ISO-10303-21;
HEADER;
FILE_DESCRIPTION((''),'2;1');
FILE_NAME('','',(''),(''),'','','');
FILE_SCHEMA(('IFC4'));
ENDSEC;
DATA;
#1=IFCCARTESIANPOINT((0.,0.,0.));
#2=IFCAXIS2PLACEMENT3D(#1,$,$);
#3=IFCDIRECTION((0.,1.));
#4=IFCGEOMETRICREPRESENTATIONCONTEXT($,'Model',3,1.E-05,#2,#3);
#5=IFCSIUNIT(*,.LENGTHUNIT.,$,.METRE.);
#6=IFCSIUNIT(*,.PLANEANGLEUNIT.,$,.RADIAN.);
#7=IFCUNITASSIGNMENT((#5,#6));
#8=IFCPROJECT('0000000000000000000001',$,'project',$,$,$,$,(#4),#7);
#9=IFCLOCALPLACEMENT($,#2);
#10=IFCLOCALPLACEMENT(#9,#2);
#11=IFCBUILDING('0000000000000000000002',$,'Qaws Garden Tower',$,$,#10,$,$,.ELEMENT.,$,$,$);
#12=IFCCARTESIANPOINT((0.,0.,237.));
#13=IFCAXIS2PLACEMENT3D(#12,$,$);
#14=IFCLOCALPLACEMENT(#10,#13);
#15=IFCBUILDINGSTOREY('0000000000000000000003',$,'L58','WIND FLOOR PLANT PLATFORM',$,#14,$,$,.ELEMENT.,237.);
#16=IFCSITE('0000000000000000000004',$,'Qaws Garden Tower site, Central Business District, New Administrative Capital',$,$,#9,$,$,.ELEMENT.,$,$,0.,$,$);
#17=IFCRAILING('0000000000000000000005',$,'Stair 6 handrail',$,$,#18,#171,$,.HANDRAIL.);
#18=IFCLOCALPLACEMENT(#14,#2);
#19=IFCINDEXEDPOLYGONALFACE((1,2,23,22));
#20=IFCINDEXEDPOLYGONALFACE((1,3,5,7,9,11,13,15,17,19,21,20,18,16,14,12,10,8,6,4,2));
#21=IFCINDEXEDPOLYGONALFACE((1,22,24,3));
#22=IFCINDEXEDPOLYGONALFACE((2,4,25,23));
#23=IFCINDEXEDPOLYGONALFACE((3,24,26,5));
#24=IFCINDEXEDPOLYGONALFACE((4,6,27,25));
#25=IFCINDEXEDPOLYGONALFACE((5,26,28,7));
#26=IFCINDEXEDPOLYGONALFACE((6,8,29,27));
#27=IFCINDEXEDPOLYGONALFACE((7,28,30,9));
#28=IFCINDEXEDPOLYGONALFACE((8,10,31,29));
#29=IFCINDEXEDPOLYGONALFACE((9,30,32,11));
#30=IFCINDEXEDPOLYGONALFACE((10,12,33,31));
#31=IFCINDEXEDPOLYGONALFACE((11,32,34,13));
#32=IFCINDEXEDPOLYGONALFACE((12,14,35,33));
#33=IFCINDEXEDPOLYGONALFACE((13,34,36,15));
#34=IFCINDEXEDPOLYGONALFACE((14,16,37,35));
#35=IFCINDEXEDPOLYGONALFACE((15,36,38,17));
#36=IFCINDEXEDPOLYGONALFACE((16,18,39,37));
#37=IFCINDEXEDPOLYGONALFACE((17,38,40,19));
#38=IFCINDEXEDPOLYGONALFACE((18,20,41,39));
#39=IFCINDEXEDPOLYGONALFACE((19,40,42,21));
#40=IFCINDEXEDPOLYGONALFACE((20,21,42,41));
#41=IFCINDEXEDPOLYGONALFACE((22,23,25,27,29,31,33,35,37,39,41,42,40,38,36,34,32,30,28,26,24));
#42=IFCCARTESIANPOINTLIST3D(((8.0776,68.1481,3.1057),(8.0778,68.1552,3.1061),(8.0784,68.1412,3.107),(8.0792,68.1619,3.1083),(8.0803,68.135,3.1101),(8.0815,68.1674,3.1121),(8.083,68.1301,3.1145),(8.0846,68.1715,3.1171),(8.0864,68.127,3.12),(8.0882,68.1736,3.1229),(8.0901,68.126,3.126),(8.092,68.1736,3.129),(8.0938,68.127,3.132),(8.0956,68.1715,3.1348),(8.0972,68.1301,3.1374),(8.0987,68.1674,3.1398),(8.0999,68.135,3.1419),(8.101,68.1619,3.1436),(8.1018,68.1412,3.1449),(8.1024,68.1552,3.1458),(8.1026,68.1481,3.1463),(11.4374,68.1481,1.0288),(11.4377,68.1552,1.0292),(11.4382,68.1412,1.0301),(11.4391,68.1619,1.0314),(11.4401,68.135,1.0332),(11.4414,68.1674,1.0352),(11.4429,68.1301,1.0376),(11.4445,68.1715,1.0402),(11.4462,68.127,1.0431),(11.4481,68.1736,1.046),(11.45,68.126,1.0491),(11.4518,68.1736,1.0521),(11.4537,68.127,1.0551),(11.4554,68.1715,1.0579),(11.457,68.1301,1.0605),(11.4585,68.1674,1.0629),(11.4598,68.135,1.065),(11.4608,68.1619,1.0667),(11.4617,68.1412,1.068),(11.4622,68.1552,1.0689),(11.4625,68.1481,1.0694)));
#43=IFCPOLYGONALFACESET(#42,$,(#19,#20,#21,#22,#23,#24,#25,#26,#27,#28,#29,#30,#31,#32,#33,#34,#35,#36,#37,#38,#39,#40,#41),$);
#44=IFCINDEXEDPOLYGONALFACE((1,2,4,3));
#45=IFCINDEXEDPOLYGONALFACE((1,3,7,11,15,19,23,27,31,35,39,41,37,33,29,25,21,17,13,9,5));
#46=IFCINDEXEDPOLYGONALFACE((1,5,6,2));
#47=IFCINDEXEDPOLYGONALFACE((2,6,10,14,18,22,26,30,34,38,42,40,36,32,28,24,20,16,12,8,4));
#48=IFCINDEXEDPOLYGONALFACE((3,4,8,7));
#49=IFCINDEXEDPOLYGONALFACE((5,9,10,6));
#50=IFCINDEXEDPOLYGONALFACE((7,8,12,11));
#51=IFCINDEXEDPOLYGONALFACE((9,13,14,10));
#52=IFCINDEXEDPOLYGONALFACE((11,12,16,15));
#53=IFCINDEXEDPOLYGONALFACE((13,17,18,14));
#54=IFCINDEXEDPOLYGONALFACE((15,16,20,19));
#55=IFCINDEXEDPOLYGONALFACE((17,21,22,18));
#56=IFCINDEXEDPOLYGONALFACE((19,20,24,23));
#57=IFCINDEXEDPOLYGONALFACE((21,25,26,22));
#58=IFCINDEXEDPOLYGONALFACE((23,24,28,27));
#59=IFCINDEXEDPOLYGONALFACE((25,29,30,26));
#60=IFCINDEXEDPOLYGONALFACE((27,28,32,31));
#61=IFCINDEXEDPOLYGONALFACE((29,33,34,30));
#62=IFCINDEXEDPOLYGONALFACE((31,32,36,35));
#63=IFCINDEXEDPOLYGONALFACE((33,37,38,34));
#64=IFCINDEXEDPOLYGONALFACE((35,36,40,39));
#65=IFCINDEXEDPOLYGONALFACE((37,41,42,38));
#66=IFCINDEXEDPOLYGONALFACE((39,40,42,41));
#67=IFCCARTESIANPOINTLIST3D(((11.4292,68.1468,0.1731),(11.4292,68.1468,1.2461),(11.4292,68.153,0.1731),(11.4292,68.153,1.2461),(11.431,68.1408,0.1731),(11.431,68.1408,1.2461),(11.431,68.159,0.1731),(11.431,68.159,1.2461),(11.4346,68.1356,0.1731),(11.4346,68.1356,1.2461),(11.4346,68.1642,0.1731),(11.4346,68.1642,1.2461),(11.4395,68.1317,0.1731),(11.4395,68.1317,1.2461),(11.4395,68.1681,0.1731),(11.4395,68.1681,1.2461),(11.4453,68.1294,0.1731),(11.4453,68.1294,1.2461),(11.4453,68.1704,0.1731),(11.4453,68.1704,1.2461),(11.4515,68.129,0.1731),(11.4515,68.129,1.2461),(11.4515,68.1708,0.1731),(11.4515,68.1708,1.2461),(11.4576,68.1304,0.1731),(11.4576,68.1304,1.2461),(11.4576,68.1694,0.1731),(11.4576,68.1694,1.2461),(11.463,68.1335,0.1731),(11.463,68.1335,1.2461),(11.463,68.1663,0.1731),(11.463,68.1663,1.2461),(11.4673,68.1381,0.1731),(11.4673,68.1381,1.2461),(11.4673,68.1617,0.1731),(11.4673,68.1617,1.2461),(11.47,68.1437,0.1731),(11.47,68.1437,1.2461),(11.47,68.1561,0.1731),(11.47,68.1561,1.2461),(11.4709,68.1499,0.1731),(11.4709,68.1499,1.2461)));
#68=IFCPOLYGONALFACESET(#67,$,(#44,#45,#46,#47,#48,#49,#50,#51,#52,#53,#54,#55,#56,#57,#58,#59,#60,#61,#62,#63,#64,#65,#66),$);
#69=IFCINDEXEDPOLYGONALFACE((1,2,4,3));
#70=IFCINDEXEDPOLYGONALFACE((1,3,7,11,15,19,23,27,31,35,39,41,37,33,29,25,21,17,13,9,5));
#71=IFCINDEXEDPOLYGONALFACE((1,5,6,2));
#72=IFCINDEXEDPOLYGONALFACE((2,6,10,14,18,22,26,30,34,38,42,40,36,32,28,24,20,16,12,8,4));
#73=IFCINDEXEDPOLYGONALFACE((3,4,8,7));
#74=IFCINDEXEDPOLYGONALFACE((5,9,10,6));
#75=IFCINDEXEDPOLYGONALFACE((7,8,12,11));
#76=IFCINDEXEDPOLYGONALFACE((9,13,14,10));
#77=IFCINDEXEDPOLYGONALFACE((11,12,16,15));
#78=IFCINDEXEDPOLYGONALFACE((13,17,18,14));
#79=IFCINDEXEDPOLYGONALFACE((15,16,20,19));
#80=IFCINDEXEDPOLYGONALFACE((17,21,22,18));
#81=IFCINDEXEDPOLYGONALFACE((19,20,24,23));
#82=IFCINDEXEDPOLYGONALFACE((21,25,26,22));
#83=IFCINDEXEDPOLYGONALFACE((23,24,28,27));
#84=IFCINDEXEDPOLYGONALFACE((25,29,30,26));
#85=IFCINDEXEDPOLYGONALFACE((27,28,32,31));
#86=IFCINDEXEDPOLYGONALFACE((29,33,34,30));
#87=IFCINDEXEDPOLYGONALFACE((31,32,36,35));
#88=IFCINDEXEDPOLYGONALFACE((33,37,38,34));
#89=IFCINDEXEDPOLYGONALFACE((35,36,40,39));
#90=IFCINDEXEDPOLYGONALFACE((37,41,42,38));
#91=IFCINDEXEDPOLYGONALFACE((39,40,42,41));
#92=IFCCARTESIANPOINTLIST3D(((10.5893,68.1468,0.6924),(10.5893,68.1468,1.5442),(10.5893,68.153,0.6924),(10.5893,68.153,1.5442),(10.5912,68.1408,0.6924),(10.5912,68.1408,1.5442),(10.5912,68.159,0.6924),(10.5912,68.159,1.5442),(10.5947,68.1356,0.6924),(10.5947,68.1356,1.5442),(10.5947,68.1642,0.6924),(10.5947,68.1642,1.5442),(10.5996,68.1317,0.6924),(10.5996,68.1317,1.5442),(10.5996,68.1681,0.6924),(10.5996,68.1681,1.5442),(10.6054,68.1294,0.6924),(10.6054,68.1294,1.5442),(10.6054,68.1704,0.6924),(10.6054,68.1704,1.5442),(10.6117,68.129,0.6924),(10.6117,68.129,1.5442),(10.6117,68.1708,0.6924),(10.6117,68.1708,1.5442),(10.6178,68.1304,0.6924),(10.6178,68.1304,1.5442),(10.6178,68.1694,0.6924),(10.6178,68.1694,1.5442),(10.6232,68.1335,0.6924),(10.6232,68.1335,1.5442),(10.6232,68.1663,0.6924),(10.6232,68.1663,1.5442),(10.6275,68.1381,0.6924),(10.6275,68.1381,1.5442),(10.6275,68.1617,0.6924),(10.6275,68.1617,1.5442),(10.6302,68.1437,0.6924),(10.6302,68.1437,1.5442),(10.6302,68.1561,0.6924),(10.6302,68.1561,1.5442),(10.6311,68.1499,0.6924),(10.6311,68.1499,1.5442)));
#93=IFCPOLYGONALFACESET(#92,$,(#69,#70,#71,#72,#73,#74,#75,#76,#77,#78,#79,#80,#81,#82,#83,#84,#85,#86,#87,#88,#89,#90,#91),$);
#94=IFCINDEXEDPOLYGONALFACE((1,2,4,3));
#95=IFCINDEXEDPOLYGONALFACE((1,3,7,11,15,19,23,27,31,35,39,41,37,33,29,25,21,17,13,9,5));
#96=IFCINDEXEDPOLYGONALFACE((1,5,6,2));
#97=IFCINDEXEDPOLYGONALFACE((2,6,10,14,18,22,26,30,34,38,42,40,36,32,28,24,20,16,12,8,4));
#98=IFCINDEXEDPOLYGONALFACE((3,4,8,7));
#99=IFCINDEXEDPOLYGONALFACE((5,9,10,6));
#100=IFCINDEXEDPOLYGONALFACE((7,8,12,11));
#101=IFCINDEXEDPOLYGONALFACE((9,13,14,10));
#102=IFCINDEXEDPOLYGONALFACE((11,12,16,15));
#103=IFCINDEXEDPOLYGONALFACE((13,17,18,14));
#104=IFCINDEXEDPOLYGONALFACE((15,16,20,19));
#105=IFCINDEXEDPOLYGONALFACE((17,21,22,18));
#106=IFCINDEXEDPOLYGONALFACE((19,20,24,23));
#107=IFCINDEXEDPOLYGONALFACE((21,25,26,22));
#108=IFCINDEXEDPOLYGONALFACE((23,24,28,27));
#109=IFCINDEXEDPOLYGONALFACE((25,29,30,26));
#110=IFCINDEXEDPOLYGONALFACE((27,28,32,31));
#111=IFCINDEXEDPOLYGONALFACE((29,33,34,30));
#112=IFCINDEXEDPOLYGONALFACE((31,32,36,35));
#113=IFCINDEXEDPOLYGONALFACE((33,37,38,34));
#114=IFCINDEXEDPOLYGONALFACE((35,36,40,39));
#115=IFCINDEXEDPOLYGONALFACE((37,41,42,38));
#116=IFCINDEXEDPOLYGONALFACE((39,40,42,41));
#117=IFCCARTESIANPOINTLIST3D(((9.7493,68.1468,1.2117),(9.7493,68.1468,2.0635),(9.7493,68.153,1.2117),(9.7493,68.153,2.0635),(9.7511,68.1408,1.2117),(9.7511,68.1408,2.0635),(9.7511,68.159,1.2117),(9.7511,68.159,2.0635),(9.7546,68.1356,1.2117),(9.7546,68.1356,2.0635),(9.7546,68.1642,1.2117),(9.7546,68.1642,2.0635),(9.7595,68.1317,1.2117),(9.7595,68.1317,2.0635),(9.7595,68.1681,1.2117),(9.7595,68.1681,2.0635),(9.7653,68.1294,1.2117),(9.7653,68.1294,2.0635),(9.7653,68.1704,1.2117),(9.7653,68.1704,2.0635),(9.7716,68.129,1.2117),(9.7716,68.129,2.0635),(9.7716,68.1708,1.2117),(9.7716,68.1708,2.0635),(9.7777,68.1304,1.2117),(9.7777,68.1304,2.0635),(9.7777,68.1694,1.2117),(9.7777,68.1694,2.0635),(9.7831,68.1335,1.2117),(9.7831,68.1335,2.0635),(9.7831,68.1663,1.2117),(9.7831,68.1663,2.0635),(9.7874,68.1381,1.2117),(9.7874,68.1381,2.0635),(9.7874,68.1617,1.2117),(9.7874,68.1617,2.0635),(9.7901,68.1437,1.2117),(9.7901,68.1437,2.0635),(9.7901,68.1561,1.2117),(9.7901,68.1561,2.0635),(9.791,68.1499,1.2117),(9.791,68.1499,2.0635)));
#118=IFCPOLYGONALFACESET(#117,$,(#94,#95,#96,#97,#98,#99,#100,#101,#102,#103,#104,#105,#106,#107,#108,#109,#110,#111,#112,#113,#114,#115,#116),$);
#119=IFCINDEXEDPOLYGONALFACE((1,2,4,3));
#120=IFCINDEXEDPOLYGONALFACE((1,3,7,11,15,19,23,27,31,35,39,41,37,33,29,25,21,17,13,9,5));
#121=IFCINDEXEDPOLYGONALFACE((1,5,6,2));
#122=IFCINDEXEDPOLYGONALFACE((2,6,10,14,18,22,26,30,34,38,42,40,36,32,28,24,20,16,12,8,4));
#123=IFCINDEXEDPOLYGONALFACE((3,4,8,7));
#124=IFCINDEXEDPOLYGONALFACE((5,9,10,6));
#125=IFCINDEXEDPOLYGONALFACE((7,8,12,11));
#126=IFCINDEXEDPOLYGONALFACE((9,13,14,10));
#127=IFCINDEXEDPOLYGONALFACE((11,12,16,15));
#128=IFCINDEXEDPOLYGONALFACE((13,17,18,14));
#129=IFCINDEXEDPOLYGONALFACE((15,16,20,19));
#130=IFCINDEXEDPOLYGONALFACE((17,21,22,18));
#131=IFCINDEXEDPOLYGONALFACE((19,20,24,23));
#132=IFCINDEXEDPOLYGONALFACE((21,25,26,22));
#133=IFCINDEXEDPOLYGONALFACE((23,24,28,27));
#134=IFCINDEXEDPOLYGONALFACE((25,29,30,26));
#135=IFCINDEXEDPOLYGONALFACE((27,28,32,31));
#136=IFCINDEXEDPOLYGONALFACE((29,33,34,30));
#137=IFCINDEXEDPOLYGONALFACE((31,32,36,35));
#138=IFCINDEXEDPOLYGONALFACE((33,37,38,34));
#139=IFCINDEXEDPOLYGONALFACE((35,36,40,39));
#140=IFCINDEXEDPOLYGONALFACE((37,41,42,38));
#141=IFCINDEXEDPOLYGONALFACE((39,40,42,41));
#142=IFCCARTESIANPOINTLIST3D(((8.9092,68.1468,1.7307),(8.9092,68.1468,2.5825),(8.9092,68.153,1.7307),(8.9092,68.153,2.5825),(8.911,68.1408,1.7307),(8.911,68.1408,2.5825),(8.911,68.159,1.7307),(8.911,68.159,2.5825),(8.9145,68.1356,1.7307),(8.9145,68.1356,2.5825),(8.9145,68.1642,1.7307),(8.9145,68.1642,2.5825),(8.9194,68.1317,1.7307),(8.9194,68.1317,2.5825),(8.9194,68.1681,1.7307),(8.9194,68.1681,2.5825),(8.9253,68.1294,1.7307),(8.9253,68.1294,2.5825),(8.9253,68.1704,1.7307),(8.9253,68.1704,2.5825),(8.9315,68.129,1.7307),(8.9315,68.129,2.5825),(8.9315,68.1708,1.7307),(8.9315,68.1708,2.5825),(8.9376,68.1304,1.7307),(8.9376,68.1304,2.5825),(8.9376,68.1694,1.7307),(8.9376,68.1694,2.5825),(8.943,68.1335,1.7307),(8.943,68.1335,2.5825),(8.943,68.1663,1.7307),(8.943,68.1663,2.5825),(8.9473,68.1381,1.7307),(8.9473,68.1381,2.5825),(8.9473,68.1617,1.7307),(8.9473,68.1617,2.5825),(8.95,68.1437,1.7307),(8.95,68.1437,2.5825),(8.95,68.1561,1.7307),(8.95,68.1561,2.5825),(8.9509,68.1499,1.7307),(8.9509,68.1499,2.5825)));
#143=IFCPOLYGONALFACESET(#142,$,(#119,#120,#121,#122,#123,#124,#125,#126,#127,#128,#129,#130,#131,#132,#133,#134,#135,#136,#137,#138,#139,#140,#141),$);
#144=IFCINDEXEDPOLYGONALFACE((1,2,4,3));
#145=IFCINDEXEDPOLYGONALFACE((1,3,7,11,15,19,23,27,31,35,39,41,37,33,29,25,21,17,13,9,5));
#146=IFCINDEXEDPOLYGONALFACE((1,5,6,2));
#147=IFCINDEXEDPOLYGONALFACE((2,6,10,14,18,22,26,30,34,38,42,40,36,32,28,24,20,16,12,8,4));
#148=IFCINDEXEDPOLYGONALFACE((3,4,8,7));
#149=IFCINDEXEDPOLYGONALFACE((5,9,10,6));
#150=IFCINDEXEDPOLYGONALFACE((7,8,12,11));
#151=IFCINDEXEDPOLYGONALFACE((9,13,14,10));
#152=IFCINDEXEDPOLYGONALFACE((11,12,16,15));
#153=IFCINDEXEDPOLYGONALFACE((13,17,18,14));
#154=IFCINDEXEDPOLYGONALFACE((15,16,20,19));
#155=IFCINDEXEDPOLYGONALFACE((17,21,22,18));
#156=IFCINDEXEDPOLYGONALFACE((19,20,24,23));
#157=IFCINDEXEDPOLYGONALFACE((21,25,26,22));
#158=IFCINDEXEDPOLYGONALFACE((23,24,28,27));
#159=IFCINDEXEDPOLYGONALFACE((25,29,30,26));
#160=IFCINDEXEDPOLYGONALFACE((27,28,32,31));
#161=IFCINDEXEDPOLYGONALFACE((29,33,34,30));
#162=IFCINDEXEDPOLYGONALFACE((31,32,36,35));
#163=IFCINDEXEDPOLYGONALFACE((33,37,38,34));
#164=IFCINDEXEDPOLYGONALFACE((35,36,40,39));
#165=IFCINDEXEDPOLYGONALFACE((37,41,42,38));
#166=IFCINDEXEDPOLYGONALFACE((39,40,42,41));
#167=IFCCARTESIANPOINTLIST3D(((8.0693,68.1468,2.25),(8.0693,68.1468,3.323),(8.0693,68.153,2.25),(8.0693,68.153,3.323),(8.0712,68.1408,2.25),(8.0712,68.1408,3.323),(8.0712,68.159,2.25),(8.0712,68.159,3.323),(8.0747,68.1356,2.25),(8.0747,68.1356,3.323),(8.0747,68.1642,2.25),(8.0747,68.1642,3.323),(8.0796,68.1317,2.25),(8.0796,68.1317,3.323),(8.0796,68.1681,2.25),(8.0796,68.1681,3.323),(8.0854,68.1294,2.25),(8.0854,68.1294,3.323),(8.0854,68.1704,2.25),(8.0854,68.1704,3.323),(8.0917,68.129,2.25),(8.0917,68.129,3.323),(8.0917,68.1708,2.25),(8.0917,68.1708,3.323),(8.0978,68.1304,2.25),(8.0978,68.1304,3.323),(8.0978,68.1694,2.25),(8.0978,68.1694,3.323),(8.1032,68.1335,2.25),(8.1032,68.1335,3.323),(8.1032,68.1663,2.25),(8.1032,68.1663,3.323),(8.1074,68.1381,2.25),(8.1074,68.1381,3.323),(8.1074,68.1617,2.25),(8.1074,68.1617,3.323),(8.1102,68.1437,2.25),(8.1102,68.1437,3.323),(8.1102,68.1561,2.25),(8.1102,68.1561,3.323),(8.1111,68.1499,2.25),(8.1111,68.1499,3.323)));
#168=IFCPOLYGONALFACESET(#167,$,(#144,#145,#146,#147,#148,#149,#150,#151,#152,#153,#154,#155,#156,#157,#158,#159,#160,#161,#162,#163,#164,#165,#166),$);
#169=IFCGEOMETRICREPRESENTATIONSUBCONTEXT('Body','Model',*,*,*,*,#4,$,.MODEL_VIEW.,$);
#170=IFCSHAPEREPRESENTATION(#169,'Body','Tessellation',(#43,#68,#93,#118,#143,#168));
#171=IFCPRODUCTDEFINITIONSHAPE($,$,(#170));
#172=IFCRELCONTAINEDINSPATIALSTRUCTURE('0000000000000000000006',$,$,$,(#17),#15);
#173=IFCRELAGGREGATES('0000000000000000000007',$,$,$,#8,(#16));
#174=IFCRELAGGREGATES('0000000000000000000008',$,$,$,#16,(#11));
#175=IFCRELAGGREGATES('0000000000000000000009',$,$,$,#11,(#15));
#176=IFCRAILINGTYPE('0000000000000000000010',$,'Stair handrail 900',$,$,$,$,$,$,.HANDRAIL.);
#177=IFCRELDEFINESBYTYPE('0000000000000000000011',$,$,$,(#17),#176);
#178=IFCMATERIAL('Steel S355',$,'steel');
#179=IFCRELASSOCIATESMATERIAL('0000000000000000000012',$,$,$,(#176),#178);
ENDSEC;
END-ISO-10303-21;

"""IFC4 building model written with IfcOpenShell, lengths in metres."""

from ifc_helpers import new_model, si_unit, direction, frame, origin, origin_2d, place, context, subcontext, project, spatial, circle, extrude, material, type_object, element, save


model = new_model("IFC4")

# Units and contexts
model_context = context("Model", 3, precision=1e-05, world=origin(), true_north=direction((0.0, 1.0)))
body_context = subcontext(model_context, "Body", "Model", "MODEL_VIEW")
ifc_project = project(units=[si_unit("LENGTHUNIT", "METRE"), si_unit("PLANEANGLEUNIT", "RADIAN")], contexts=[model_context])

# Site, building, storey
site_placement = place(None, origin())
site = spatial("IfcSite", under=ifc_project, at=site_placement, Name="Qaws Garden Tower site, Central Business District, New Administrative Capital", CompositionType="ELEMENT", RefElevation=0.0)
building_placement = place(site_placement, origin())
building = spatial("IfcBuilding", under=site, at=building_placement, Name="Qaws Garden Tower", CompositionType="ELEMENT")
storey_placement = place(building_placement, frame((0.0, 0.0, 237.0)))
storey = spatial("IfcBuildingStorey", under=building, at=storey_placement, Name="L58", Description="WIND FLOOR PLANT PLATFORM", CompositionType="ELEMENT", Elevation=237.0)

# Railing
ifc_material_1 = material(Name="Steel S355", Category="steel")
railing_type_1 = type_object("IfcRailingType", Name="Stair handrail 900", PredefinedType="HANDRAIL", material=ifc_material_1)
railing_1_placement = place(storey_placement, frame((11.45, 68.1499, 0.1731)))
element("IfcRailing", 1, at=railing_1_placement, inside=storey, type_object=railing_type_1, Name="Stair 6 handrail", PredefinedType="HANDRAIL", context=body_context, shape_type="SweptSolid", body=[
    extrude(circle(Radius=0.0239, at=origin_2d()), frame((0.0, 0.0, 0.876), z_axis=(-0.850606, 0.0, 0.525803), x_axis=(0.0, -1.0, 0.0)), (0.0, 0.0, 1.0), 3.95),
    extrude(circle(Radius=0.021, at=origin_2d()), origin(), (0.0, 0.0, 1.0), 1.073),
    extrude(circle(Radius=0.021, at=origin_2d()), frame((-0.8398, 0.0, 0.5193)), (0.0, 0.0, 1.0), 0.8518),
    extrude(circle(Radius=0.021, at=origin_2d()), frame((-1.6799, 0.0, 1.0386)), (0.0, 0.0, 1.0), 0.8518),
    extrude(circle(Radius=0.021, at=origin_2d()), frame((-2.52, 0.0, 1.5576)), (0.0, 0.0, 1.0), 0.8518),
    extrude(circle(Radius=0.021, at=origin_2d()), frame((-3.3599, 0.0, 2.0769)), (0.0, 0.0, 1.0), 1.073),
])

save(model, "model.ifc")
